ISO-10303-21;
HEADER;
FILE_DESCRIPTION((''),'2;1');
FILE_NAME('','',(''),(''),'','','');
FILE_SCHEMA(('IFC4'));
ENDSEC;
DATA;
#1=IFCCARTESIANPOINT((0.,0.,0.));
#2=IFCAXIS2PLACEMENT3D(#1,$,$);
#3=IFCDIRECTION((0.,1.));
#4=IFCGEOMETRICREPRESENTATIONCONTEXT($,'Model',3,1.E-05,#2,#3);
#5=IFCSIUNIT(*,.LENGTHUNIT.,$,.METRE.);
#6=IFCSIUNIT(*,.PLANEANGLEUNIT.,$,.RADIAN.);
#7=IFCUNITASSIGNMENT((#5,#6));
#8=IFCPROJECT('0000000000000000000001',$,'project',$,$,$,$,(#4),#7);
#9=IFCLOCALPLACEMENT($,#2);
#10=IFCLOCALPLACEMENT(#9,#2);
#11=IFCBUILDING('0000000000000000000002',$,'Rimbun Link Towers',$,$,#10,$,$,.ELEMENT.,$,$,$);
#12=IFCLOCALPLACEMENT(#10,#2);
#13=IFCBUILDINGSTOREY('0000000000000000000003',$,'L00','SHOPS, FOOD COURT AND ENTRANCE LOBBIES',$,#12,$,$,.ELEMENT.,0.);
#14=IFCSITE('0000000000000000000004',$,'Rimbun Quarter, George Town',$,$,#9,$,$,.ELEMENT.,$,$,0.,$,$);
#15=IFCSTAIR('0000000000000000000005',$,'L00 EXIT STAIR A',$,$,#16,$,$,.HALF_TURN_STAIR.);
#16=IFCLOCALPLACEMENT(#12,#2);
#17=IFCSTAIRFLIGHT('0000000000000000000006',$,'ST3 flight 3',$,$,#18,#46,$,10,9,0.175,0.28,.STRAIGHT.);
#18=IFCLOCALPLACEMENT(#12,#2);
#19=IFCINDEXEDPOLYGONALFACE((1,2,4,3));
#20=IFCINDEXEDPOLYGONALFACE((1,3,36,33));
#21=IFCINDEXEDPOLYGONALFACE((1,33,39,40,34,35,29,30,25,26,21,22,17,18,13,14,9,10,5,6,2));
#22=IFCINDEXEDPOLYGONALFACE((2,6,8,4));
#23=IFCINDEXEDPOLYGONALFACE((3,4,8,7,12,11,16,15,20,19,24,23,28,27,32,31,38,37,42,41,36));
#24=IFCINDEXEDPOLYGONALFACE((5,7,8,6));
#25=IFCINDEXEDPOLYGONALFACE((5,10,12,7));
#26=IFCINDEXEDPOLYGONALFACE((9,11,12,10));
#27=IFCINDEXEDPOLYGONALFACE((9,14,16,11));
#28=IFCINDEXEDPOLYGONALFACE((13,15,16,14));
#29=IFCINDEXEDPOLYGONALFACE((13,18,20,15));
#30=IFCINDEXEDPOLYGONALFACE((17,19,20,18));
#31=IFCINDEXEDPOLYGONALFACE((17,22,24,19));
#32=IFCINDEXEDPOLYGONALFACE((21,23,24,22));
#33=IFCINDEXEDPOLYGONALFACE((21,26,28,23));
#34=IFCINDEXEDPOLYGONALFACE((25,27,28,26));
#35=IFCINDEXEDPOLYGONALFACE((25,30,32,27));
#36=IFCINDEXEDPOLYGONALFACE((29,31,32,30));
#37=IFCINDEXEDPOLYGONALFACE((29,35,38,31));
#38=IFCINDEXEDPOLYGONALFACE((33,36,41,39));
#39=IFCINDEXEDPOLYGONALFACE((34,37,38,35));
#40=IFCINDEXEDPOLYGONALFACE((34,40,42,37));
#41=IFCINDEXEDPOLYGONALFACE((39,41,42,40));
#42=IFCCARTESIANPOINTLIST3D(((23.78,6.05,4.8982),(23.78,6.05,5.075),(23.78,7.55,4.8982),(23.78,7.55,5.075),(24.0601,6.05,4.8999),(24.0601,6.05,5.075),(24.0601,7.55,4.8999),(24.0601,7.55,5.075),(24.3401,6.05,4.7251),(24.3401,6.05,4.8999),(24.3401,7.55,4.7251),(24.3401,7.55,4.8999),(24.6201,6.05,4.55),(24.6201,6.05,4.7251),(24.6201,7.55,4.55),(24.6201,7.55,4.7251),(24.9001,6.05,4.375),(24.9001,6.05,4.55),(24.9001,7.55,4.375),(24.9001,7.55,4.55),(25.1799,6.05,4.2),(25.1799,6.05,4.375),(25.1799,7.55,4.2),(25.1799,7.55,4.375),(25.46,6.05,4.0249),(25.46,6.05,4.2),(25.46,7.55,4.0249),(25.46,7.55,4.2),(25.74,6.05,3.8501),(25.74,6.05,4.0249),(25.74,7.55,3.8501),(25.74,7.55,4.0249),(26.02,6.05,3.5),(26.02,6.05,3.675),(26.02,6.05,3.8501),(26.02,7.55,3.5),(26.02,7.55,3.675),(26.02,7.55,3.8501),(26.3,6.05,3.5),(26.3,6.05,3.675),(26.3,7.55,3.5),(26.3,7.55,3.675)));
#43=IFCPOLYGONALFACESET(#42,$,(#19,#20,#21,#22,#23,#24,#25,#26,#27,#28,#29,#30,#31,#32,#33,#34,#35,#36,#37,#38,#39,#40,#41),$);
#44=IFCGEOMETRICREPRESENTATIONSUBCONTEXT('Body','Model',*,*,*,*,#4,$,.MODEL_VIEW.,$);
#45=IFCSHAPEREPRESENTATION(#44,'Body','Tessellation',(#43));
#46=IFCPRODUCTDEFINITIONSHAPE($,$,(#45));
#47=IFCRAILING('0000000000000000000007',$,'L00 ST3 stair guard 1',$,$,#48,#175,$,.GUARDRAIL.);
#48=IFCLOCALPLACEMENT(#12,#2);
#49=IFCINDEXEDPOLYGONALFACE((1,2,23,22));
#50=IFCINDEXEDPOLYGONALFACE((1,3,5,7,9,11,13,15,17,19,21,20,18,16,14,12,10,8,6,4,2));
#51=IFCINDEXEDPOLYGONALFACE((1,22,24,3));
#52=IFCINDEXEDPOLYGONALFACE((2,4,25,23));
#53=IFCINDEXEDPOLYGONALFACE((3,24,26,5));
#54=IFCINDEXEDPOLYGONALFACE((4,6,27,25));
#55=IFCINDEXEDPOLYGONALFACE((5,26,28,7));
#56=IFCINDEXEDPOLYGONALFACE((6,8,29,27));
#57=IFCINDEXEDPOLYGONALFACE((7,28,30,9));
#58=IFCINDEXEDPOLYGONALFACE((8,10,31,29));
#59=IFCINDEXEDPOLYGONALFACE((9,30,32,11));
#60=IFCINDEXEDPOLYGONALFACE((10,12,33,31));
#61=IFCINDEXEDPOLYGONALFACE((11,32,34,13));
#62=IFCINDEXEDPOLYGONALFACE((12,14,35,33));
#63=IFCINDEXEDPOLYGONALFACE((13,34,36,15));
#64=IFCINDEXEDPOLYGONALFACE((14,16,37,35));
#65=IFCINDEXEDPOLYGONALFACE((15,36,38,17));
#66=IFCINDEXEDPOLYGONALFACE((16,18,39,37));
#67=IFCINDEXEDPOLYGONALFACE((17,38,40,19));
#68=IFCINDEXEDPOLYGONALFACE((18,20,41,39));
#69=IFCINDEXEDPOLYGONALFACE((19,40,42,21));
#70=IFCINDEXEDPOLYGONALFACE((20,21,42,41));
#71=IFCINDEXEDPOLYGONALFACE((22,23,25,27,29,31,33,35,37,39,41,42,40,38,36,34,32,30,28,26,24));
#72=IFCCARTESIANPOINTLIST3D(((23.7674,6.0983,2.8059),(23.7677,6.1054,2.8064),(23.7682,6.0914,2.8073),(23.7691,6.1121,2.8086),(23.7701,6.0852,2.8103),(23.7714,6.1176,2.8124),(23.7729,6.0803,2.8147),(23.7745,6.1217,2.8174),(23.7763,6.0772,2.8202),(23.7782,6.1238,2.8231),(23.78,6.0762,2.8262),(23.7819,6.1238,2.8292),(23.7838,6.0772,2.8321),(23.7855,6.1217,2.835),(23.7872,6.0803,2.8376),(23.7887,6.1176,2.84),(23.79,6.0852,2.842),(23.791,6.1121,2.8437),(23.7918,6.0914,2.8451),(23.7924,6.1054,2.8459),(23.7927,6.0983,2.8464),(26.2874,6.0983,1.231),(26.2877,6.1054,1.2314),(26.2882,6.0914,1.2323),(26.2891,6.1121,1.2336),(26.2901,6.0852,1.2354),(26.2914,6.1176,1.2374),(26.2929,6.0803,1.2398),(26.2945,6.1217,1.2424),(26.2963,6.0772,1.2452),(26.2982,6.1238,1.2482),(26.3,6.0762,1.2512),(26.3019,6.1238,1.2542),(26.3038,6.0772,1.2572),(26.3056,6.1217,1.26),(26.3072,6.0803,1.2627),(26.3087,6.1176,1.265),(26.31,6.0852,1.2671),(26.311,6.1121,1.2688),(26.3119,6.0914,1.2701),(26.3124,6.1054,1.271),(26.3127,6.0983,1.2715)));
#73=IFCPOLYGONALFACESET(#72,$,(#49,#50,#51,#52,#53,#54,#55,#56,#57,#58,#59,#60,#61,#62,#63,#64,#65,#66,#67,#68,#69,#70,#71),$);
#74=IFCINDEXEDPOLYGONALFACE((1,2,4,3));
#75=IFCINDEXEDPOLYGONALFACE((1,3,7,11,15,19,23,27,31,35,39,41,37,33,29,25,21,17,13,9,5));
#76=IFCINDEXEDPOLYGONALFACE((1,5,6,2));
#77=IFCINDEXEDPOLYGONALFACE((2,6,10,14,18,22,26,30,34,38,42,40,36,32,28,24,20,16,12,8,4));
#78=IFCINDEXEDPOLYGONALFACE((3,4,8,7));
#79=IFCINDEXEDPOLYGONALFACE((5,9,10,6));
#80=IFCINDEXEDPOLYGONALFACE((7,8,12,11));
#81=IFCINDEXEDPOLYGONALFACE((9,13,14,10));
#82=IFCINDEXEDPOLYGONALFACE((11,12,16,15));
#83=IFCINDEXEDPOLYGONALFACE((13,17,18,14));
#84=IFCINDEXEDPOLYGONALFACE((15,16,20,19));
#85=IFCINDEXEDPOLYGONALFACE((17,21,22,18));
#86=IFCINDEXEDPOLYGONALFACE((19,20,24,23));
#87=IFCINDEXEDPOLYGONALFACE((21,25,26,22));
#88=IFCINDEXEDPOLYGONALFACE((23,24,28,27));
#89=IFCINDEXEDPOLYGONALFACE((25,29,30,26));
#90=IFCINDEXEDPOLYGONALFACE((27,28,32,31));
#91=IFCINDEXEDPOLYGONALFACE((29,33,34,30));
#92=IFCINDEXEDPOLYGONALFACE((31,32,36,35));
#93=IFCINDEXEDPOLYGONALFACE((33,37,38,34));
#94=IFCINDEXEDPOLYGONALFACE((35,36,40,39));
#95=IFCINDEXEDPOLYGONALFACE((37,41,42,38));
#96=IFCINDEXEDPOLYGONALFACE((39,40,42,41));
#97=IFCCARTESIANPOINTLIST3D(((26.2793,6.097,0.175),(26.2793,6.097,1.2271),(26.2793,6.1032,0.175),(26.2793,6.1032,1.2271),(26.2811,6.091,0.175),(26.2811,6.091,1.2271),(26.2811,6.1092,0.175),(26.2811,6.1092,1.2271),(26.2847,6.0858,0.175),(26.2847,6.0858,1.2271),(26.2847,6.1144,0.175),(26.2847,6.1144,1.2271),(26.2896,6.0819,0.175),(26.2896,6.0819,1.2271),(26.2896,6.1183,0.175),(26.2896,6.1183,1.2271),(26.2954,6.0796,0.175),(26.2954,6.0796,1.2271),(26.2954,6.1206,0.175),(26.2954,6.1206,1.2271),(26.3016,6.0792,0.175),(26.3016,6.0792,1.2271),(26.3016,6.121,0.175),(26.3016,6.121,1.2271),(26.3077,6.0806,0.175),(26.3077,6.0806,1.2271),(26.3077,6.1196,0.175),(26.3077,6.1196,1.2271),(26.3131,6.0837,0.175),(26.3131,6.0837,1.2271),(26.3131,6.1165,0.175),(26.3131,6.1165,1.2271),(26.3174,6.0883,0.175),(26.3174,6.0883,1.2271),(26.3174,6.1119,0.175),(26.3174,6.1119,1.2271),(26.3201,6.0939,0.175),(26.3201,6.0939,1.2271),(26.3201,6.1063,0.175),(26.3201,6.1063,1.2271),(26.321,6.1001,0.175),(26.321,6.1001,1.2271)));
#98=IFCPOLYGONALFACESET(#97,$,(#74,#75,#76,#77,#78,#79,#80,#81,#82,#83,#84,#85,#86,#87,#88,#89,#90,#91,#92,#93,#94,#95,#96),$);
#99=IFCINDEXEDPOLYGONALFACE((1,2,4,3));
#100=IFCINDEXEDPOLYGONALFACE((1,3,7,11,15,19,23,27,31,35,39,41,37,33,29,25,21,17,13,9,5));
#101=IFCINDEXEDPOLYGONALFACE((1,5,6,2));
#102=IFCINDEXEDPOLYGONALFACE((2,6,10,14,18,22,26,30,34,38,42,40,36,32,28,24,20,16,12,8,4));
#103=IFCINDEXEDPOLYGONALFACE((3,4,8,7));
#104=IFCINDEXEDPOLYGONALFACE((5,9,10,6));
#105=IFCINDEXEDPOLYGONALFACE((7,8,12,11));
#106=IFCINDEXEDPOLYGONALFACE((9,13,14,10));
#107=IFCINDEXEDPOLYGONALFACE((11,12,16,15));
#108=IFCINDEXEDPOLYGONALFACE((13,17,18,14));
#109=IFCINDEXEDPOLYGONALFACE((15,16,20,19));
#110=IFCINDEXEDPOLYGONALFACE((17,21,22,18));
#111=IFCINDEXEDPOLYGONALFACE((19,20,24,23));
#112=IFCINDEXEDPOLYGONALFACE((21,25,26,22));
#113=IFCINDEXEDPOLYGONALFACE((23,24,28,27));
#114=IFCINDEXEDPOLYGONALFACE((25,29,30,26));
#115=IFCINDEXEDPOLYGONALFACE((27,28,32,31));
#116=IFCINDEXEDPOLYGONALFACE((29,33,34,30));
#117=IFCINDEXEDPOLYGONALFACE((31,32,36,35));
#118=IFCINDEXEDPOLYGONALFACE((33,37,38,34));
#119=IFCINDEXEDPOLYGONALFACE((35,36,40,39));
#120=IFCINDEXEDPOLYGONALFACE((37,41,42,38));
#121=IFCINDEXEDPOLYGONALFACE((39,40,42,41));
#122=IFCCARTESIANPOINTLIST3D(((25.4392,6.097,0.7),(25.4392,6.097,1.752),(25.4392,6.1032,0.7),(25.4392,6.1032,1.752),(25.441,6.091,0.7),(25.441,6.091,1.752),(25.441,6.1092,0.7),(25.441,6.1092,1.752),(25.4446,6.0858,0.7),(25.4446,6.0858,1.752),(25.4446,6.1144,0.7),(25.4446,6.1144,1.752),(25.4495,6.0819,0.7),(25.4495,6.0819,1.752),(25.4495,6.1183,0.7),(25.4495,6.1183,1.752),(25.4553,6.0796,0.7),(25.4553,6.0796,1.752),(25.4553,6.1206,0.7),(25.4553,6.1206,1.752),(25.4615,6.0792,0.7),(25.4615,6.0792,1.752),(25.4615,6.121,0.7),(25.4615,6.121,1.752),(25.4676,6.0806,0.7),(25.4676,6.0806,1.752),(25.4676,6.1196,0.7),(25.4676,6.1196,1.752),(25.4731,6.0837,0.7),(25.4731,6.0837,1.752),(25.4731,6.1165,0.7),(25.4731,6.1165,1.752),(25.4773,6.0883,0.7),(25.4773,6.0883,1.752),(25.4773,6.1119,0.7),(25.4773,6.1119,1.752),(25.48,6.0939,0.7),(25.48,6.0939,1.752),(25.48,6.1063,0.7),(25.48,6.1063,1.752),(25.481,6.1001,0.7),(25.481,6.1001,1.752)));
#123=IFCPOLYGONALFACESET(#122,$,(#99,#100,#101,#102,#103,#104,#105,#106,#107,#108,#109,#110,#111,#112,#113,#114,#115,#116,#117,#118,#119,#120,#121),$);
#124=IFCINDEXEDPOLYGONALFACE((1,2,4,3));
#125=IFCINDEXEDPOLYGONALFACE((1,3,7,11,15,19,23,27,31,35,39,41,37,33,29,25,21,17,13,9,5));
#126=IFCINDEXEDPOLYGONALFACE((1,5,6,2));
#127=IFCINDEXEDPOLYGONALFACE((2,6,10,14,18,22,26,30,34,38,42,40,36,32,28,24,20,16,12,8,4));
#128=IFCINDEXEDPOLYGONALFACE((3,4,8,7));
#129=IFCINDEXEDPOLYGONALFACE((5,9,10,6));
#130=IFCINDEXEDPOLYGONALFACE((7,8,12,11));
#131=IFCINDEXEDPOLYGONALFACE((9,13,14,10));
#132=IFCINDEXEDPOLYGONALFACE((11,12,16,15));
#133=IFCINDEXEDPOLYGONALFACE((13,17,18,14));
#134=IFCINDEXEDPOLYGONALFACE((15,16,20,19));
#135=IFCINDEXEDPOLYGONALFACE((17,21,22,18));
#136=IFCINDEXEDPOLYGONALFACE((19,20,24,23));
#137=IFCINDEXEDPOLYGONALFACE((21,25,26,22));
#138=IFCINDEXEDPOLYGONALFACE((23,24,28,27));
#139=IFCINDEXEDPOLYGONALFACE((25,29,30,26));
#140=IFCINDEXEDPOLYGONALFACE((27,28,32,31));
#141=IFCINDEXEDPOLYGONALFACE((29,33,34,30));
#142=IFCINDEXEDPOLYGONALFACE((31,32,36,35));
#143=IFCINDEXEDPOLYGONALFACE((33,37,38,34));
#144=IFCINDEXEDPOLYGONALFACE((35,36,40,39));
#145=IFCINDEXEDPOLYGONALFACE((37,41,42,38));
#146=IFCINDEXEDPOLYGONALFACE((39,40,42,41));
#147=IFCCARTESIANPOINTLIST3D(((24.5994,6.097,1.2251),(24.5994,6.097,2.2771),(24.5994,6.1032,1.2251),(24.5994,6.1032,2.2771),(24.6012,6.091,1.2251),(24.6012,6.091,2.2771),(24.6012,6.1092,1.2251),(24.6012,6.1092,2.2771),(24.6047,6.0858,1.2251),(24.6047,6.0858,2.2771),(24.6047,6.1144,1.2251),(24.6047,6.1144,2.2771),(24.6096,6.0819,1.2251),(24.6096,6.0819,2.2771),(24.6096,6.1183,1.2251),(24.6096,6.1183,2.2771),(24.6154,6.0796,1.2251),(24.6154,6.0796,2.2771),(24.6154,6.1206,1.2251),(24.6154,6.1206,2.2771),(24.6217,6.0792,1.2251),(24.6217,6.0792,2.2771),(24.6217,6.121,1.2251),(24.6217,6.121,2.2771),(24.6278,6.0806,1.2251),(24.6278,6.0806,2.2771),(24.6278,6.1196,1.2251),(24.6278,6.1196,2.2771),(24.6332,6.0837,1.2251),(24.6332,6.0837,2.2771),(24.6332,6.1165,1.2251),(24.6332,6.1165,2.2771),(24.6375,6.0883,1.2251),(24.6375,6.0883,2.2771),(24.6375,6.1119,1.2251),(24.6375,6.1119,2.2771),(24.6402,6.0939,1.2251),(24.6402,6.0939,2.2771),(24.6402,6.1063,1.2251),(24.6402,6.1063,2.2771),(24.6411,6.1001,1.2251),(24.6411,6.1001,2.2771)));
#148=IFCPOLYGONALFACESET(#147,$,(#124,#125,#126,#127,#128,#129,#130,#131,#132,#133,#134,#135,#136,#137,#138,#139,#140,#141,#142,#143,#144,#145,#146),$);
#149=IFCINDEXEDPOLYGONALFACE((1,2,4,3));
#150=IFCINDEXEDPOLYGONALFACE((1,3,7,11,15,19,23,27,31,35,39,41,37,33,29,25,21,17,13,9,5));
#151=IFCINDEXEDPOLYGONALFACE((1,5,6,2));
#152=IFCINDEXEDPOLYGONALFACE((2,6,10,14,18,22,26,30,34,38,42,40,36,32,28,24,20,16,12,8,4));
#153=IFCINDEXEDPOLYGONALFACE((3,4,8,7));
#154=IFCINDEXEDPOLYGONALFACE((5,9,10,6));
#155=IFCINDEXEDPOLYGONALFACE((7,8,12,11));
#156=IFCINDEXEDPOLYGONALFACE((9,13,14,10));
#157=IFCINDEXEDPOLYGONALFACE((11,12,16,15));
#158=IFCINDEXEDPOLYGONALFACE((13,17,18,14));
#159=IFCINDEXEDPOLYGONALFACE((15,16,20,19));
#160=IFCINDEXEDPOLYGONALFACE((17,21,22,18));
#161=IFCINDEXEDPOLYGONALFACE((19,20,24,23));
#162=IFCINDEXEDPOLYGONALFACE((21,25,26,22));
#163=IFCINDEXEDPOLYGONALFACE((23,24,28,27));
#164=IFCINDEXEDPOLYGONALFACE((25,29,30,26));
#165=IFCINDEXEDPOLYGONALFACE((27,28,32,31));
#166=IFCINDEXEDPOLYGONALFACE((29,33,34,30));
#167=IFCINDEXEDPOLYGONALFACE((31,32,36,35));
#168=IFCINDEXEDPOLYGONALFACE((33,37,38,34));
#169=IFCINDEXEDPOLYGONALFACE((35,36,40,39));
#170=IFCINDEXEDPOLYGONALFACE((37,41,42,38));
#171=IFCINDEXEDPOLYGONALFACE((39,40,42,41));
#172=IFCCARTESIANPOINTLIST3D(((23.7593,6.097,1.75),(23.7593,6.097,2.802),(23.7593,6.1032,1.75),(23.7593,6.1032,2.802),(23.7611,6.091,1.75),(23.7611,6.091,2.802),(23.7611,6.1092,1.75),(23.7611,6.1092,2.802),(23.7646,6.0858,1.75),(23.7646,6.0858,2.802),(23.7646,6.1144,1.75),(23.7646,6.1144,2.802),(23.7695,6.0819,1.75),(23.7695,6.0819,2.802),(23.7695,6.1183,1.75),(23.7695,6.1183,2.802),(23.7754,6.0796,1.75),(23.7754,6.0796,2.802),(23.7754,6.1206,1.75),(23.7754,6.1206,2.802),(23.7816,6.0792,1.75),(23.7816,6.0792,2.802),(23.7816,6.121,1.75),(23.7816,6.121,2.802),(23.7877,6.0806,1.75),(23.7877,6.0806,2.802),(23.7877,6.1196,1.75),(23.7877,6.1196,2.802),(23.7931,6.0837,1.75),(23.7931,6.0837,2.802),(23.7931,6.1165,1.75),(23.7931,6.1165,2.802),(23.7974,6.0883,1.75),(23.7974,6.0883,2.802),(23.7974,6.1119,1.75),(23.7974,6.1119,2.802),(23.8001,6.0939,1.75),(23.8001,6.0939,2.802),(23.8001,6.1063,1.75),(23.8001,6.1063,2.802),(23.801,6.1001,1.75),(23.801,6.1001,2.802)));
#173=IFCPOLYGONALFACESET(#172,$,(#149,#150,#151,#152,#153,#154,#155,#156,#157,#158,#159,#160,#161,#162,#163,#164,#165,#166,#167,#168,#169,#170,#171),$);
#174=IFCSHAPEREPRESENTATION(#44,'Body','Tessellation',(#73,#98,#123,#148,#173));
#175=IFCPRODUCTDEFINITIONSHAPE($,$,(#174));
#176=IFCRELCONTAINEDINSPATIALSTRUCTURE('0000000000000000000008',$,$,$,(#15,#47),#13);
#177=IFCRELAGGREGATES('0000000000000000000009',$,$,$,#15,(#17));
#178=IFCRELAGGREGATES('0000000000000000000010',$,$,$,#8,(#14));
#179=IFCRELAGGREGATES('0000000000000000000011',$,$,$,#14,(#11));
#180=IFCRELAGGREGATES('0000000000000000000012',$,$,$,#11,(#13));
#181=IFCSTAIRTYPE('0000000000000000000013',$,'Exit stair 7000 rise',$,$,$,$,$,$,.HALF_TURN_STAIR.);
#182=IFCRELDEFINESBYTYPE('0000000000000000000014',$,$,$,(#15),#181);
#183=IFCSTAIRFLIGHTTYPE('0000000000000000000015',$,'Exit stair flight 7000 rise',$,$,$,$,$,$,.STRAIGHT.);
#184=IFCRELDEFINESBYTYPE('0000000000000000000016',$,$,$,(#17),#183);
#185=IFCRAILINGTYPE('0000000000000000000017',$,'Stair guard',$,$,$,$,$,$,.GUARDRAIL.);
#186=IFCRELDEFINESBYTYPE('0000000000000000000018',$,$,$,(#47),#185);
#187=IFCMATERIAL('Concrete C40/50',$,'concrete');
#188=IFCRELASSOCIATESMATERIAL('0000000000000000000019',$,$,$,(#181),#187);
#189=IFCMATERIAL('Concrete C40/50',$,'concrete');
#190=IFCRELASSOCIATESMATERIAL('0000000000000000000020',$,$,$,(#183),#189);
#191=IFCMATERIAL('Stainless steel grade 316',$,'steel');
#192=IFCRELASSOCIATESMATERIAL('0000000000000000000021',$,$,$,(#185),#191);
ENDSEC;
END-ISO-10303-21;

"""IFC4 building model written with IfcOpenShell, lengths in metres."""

from ifc_helpers import new_model, si_unit, direction, frame, origin, origin_2d, place, context, subcontext, project, spatial, polyline, circle, outline, extrude, material, type_object, element, aggregate, save


model = new_model("IFC4")

# Units and contexts
model_context = context("Model", 3, precision=1e-05, world=origin(), true_north=direction((0.0, 1.0)))
body_context = subcontext(model_context, "Body", "Model", "MODEL_VIEW")
ifc_project = project(units=[si_unit("LENGTHUNIT", "METRE"), si_unit("PLANEANGLEUNIT", "RADIAN")], contexts=[model_context])

# Site, building, storey
site_placement = place(None, origin())
site = spatial("IfcSite", under=ifc_project, at=site_placement, Name="Rimbun Quarter, George Town", CompositionType="ELEMENT", RefElevation=0.0)
building_placement = place(site_placement, origin())
building = spatial("IfcBuilding", under=site, at=building_placement, Name="Rimbun Link Towers", CompositionType="ELEMENT")
storey_placement = place(building_placement, origin())
storey = spatial("IfcBuildingStorey", under=building, at=storey_placement, Name="L00", Description="SHOPS, FOOD COURT AND ENTRANCE LOBBIES", CompositionType="ELEMENT", Elevation=0.0)

# Stair, stair flight
ifc_material_1 = material(Name="Concrete C40/50", Category="concrete")
stair_type = type_object("IfcStairType", Name="Exit stair 7000 rise", PredefinedType="HALF_TURN_STAIR", material=ifc_material_1)
stair_placement = place(storey_placement, origin())
stair = element("IfcStair", 1, at=stair_placement, inside=storey, type_object=stair_type, Name="L00 EXIT STAIR A", PredefinedType="HALF_TURN_STAIR")
ifc_material_2 = material(Name="Concrete C40/50", Category="concrete")
stair_flight_type = type_object("IfcStairFlightType", Name="Exit stair flight 7000 rise", PredefinedType="STRAIGHT", material=ifc_material_2)
stair_flight_1_placement = place(storey_placement, frame((26.3, 6.8, 3.5), z_axis=(0.0, 0.0, 1.0), x_axis=(-1.0, 0.0, 0.0)))
stair_flight_1 = element("IfcStairFlight", 2, at=stair_flight_1_placement, type_object=stair_flight_type, Name="ST3 flight 3", NumberOfRisers=10, NumberOfTreads=9, PredefinedType="STRAIGHT", RiserHeight=0.175, TreadLength=0.28, context=body_context, shape_type="SweptSolid", body=[
    extrude(outline(polyline([(0.0, 0.0), (0.0, 0.175), (0.28, 0.175), (0.28, 0.3501), (0.5601, 0.3501), (0.5601, 0.5249), (0.8401, 0.5249), (0.8401, 0.7), (1.1201, 0.7), (1.1201, 0.875), (1.3999, 0.875), (1.3999, 1.05), (1.6799, 1.05), (1.6799, 1.2251), (1.96, 1.2251), (1.96, 1.3999), (2.24, 1.3999), (2.24, 1.575), (2.52, 1.575), (2.52, 1.75), (2.52, 1.3982), (0.28, 0.0), (0.0, 0.0)])), frame((0.0, 0.75, 0.0), z_axis=(0.0, -1.0, 0.0), x_axis=(1.0, 0.0, 0.0)), (0.0, 0.0, 1.0), 1.5),
])
aggregate(stair, [stair_flight_1])

# Railing
ifc_material_3 = material(Name="Stainless steel grade 316", Category="steel")
railing_type_1 = type_object("IfcRailingType", Name="Stair guard", PredefinedType="GUARDRAIL", material=ifc_material_3)
railing_1_placement = place(storey_placement, frame((26.3, 6.1001, 0.175)))
element("IfcRailing", 3, at=railing_1_placement, inside=storey, type_object=railing_type_1, Name="L00 ST3 stair guard 1", PredefinedType="GUARDRAIL", context=body_context, shape_type="SweptSolid", body=[
    extrude(circle(Radius=0.0239, at=origin_2d()), frame((0.0, 0.0, 1.0762), z_axis=(-0.848008, 0.0, 0.529984), x_axis=(0.0, -1.0, 0.0)), (0.0, 0.0, 1.0), 2.9717),
    extrude(circle(Radius=0.021, at=origin_2d()), origin(), (0.0, 0.0, 1.0), 1.052),
    extrude(circle(Radius=0.021, at=origin_2d()), frame((-0.8401, 0.0, 0.5249)), (0.0, 0.0, 1.0), 1.052),
    extrude(circle(Radius=0.021, at=origin_2d()), frame((-1.6799, 0.0, 1.05)), (0.0, 0.0, 1.0), 1.052),
    extrude(circle(Radius=0.021, at=origin_2d()), frame((-2.52, 0.0, 1.575)), (0.0, 0.0, 1.0), 1.052),
])

save(model, "model.ifc")
